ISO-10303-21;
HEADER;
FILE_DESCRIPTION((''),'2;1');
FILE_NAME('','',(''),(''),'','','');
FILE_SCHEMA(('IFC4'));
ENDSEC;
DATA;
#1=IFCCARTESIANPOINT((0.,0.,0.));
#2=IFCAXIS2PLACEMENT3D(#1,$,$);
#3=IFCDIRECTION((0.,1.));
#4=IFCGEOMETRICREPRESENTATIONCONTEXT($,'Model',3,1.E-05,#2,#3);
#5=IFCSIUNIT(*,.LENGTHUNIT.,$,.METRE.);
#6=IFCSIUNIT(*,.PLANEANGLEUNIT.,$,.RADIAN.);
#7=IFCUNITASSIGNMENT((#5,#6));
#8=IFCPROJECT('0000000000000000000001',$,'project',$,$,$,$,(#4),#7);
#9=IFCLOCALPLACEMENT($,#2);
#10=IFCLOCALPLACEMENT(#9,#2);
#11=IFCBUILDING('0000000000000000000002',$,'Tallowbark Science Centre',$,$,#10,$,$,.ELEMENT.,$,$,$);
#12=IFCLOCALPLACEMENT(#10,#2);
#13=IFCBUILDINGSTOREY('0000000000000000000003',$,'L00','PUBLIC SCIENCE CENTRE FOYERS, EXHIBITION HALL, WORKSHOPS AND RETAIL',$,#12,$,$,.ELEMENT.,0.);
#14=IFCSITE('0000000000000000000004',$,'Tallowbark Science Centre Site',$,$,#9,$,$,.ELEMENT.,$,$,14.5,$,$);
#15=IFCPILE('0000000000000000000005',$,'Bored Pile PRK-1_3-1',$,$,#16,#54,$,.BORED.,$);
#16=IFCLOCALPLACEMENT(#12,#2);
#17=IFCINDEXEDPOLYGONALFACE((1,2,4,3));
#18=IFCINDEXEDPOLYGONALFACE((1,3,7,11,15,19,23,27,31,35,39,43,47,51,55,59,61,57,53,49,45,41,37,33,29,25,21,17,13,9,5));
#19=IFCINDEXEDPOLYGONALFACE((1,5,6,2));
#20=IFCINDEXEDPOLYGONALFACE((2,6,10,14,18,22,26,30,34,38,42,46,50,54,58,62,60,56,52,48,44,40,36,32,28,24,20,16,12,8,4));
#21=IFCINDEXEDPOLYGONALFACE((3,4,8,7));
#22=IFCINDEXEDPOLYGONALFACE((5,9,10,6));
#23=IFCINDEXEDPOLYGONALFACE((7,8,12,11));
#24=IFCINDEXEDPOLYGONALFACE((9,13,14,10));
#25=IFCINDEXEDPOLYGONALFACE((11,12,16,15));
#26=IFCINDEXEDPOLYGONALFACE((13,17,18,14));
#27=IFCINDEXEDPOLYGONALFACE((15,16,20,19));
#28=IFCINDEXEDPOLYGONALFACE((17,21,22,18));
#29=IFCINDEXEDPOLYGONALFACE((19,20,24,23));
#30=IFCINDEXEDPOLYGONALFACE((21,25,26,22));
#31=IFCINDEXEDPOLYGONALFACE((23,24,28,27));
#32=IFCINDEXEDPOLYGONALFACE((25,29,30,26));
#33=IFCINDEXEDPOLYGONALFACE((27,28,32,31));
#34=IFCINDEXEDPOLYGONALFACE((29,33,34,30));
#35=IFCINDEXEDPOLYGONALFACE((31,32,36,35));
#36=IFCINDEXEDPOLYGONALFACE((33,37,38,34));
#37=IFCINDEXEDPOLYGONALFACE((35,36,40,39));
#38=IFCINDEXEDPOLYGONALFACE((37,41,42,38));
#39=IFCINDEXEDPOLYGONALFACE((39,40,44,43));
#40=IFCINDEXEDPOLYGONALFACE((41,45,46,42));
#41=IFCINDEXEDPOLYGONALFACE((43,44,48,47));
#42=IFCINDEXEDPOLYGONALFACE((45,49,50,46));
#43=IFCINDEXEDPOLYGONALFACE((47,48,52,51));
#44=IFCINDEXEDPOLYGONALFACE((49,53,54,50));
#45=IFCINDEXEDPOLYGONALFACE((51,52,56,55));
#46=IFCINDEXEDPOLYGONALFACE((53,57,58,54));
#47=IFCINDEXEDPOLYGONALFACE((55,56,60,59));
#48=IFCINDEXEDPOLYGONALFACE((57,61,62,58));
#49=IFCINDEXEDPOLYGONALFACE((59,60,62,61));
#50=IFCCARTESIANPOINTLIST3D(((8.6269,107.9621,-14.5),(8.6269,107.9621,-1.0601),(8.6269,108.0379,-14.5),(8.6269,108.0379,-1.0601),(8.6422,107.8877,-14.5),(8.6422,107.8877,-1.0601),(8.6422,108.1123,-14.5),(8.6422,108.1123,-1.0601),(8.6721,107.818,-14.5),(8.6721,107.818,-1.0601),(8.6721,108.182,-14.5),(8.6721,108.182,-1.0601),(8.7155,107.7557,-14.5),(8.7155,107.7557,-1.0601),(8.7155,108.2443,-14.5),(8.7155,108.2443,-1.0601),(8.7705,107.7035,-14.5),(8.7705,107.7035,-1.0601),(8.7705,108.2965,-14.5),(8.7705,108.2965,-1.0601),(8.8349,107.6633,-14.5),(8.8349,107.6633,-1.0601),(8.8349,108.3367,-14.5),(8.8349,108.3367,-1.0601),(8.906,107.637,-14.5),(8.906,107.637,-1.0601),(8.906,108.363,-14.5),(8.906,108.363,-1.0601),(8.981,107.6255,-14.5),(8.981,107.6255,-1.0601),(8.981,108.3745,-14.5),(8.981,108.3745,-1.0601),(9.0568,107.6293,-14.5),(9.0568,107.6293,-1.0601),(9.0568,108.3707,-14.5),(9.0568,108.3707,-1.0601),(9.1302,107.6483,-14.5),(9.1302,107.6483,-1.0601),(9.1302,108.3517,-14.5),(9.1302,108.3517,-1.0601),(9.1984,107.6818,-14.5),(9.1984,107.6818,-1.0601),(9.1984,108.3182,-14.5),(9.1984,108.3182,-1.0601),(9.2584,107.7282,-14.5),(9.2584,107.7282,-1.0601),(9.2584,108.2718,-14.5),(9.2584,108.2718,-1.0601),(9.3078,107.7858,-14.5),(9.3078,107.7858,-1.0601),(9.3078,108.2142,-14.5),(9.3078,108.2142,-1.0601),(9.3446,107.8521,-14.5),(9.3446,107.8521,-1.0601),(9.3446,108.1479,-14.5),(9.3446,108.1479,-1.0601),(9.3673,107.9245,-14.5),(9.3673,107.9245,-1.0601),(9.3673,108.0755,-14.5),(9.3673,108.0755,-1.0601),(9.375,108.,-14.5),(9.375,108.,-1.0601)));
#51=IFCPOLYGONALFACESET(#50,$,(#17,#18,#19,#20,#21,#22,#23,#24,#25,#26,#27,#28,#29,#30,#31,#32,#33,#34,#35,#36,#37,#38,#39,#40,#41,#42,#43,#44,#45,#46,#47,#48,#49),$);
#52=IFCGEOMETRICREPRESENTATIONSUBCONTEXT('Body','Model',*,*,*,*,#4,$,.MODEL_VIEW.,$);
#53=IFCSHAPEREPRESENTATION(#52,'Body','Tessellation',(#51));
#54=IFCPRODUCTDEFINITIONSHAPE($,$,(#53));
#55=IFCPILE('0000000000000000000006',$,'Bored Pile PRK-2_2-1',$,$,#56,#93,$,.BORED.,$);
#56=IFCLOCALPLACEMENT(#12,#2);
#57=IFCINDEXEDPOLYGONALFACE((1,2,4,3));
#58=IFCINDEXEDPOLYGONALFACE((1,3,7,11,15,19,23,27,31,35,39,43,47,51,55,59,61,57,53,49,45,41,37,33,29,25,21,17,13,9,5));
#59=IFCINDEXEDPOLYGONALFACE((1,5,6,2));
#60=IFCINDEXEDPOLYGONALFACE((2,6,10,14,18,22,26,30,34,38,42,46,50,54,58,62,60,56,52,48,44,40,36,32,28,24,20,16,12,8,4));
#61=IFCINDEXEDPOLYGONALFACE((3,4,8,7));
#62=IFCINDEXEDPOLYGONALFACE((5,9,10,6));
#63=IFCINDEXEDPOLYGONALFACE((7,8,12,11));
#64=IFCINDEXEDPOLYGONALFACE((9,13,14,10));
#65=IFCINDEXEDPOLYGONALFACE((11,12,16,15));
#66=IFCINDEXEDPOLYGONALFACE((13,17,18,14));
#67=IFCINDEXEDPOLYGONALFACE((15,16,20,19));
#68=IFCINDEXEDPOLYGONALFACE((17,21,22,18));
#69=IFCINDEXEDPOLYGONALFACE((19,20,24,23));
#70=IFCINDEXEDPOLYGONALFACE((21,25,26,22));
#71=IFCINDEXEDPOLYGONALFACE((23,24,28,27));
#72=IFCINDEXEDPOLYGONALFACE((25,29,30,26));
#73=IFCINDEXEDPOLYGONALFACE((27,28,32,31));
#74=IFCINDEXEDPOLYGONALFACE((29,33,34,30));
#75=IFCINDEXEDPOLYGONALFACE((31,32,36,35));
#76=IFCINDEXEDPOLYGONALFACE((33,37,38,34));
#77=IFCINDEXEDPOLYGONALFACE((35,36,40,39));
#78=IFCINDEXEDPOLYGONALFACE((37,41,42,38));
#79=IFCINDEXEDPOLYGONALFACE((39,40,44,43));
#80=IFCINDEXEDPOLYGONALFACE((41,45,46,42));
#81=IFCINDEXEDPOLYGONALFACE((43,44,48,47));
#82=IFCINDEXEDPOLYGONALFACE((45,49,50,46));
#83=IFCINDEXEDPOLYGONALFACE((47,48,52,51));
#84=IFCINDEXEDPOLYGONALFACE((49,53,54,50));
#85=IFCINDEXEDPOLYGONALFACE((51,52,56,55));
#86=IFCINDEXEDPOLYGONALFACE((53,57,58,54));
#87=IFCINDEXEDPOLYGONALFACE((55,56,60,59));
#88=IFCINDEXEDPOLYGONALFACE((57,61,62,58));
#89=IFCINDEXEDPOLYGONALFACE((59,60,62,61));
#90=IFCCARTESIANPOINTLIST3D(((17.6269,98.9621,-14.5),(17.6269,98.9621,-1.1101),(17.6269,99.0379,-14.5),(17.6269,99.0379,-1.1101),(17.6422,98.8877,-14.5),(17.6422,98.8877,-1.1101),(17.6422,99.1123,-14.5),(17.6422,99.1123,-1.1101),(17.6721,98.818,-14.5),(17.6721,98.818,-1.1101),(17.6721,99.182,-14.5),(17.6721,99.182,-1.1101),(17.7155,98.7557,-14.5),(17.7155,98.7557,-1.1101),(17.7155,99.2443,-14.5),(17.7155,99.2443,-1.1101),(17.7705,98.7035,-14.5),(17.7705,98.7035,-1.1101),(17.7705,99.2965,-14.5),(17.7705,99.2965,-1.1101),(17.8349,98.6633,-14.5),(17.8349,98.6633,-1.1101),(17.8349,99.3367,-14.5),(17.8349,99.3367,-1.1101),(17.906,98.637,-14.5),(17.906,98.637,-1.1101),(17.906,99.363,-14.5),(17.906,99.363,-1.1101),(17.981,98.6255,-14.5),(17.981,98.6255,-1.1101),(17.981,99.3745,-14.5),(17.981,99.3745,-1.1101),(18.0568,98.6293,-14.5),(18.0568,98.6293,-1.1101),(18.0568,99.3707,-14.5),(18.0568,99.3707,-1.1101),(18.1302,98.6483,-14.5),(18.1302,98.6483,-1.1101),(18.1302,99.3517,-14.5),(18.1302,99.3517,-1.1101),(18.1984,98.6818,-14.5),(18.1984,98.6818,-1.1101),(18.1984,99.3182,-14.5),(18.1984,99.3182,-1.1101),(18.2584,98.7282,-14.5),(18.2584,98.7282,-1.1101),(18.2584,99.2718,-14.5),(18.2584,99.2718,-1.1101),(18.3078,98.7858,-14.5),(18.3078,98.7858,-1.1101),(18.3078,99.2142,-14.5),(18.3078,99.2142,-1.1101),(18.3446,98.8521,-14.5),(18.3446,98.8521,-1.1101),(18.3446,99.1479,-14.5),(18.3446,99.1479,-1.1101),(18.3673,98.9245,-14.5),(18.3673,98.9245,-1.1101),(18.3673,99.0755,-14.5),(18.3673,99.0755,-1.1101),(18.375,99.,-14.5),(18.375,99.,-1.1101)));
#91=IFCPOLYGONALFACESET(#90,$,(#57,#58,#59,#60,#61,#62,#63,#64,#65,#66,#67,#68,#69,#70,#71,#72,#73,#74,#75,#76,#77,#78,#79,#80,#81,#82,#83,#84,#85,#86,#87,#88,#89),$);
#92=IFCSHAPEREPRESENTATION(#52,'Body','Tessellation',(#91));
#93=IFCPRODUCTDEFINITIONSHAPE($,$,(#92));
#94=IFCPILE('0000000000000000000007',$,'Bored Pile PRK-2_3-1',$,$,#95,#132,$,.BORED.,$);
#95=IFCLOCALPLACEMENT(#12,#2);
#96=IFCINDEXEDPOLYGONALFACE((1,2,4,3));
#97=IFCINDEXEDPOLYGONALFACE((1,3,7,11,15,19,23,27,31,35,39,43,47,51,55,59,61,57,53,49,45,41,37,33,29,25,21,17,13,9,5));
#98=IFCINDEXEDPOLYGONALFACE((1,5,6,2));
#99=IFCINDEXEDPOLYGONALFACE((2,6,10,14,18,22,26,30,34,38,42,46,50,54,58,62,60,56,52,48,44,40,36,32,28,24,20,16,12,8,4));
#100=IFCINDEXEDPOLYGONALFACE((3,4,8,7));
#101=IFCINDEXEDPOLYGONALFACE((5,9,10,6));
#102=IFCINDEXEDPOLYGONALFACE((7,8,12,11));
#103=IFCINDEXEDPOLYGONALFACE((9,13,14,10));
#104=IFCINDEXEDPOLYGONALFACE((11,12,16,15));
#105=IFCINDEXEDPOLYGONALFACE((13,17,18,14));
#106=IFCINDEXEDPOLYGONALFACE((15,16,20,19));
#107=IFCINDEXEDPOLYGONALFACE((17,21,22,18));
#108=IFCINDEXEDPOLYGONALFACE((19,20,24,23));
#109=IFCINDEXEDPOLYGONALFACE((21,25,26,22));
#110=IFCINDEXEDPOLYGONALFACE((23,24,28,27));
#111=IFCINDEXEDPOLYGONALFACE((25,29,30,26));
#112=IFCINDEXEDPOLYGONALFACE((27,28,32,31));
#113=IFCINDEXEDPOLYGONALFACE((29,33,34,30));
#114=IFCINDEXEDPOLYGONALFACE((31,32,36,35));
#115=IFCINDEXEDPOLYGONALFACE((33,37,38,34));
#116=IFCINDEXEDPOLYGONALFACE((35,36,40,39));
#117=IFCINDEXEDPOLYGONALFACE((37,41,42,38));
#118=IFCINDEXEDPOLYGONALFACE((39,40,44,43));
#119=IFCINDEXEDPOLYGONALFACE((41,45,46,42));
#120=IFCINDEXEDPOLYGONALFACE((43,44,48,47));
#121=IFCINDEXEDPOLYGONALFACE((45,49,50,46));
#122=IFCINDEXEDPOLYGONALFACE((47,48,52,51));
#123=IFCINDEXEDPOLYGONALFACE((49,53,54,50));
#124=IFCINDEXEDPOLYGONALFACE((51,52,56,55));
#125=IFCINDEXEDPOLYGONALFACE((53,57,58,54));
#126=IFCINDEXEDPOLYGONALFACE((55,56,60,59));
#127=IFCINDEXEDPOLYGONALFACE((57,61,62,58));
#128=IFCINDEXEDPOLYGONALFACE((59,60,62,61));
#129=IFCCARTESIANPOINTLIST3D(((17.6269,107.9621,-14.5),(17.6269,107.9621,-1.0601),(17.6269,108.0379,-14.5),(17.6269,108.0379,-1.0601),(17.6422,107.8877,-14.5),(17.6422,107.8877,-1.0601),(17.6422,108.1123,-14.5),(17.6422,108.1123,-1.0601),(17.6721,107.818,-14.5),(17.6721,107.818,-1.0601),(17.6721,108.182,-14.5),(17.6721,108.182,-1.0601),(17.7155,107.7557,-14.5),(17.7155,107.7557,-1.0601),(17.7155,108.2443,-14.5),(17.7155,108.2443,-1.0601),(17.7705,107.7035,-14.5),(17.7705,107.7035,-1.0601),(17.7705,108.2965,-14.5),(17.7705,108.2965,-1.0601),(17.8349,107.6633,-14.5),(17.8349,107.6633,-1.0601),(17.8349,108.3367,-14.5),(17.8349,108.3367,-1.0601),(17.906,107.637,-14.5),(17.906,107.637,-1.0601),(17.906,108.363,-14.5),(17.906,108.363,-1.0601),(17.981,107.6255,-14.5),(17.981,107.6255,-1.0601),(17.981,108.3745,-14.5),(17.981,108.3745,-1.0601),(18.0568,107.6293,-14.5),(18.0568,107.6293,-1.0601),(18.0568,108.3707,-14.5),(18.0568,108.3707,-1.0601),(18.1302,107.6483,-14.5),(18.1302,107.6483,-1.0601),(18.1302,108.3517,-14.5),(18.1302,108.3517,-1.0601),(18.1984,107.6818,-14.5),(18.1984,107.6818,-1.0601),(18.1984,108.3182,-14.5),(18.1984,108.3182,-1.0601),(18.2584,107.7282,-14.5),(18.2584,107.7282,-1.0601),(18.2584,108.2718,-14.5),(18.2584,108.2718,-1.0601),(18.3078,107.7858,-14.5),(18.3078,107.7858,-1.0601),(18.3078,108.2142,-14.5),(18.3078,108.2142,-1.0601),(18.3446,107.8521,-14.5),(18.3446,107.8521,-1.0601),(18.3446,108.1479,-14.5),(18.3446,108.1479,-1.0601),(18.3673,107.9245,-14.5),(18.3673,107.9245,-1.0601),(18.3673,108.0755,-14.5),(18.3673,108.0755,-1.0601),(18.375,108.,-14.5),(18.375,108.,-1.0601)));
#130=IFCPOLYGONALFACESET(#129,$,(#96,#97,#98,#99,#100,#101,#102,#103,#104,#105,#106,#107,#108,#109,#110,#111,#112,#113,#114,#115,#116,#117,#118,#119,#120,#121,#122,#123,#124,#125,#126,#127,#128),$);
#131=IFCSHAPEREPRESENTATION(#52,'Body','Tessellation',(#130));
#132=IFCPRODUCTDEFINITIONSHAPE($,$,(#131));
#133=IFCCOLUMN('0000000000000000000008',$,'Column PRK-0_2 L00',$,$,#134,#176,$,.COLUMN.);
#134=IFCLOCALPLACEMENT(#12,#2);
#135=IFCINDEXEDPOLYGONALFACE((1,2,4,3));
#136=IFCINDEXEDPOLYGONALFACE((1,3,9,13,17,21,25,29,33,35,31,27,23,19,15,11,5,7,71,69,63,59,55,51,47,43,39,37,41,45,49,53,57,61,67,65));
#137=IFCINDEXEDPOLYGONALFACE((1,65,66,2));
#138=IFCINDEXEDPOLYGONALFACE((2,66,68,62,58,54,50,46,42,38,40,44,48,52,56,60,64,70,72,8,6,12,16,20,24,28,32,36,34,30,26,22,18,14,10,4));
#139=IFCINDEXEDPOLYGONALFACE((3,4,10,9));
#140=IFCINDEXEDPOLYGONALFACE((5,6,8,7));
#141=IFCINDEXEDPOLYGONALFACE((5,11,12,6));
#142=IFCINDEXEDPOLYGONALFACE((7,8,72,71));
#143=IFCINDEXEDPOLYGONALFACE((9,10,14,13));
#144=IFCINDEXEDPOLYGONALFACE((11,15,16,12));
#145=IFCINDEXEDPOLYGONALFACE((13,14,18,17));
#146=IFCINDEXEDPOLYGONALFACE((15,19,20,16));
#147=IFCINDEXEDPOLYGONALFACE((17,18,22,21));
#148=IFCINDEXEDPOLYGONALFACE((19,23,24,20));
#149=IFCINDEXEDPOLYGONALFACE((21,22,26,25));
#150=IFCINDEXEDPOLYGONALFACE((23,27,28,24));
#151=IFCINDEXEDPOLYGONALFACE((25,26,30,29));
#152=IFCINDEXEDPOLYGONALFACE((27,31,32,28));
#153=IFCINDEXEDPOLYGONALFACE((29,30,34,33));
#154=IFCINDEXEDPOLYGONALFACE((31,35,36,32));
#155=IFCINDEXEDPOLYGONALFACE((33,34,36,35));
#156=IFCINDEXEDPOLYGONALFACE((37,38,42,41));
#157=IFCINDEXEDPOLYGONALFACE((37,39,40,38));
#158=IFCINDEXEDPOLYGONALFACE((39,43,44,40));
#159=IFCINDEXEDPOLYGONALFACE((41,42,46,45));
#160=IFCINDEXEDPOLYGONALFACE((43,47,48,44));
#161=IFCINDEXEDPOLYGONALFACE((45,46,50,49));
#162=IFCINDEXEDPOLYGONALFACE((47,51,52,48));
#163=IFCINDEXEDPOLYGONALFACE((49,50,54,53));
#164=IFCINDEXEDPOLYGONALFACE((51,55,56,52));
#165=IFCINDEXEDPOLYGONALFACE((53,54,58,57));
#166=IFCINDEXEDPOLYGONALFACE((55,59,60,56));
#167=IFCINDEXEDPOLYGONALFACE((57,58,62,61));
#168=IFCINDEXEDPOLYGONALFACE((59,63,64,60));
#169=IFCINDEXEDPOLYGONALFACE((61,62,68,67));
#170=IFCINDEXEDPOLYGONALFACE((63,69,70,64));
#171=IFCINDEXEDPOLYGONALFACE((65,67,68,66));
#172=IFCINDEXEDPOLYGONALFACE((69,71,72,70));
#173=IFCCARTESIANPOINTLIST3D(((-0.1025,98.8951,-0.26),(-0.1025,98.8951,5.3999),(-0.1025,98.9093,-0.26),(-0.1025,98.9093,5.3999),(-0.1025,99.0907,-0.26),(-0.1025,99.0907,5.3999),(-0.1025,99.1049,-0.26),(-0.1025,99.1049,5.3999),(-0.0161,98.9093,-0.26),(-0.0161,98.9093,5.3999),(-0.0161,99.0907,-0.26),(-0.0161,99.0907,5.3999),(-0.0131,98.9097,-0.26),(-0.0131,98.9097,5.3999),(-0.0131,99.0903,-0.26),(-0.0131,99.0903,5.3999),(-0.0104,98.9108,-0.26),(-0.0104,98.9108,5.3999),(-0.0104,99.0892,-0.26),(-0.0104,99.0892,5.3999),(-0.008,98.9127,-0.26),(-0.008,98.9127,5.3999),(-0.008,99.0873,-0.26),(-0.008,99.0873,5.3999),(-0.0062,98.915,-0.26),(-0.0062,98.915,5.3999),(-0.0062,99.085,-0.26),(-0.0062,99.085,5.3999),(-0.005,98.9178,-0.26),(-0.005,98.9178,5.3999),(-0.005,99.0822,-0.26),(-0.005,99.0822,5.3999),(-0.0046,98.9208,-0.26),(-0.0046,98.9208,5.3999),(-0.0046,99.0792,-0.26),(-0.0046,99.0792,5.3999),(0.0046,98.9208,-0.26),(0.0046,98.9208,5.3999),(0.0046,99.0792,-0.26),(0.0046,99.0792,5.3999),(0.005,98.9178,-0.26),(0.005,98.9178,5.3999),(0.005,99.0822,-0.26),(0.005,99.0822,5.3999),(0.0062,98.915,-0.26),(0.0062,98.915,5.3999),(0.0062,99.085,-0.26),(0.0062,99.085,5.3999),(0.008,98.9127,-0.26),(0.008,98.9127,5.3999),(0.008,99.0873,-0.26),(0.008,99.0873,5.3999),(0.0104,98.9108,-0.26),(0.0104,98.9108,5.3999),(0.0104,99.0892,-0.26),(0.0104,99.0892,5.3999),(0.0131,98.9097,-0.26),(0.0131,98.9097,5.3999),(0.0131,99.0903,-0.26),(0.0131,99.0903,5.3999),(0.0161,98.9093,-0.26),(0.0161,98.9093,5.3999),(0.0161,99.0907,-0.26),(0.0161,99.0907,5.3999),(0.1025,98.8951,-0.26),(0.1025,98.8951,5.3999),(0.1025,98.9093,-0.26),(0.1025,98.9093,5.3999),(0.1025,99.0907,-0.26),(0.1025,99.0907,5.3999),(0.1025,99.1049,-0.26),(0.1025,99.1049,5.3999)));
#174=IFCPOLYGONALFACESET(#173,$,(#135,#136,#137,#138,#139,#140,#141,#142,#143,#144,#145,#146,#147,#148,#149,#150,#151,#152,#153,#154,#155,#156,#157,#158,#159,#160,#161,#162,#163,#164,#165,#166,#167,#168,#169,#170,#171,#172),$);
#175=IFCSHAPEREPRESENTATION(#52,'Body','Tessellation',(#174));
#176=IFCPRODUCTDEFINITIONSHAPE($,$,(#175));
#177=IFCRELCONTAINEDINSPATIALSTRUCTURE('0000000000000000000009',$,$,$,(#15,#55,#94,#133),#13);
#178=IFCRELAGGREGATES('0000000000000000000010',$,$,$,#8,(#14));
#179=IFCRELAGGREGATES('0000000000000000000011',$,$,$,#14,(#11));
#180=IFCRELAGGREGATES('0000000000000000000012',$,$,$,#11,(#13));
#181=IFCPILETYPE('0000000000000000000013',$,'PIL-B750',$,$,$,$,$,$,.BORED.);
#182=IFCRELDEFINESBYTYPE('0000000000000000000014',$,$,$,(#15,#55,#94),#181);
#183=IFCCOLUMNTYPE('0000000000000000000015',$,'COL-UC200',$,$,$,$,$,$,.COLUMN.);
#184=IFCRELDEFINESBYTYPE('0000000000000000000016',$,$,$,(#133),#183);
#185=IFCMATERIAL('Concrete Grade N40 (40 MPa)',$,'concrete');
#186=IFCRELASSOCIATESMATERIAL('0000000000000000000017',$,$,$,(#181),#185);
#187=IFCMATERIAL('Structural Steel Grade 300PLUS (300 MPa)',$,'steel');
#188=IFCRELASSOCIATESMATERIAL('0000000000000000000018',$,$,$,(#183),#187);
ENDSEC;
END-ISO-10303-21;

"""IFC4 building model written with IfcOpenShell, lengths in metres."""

from ifc_helpers import new_model, si_unit, direction, frame, origin, origin_2d, place, context, subcontext, project, spatial, circle, i_section, extrude, material, material_profile, profile_set, type_object, element, save


model = new_model("IFC4")

# Units and contexts
model_context = context("Model", 3, precision=1e-05, world=origin(), true_north=direction((0.0, 1.0)))
body_context = subcontext(model_context, "Body", "Model", "MODEL_VIEW")
ifc_project = project(units=[si_unit("LENGTHUNIT", "METRE"), si_unit("PLANEANGLEUNIT", "RADIAN")], contexts=[model_context])

# Site, building, storey
site_placement = place(None, origin())
site = spatial("IfcSite", under=ifc_project, at=site_placement, Name="Tallowbark Science Centre Site", CompositionType="ELEMENT", RefElevation=14.5)
building_placement = place(site_placement, origin())
building = spatial("IfcBuilding", under=site, at=building_placement, Name="Tallowbark Science Centre", CompositionType="ELEMENT")
storey_placement = place(building_placement, origin())
storey = spatial("IfcBuildingStorey", under=building, at=storey_placement, Name="L00", Description="PUBLIC SCIENCE CENTRE FOYERS, EXHIBITION HALL, WORKSHOPS AND RETAIL", CompositionType="ELEMENT", Elevation=0.0)

# Shared definitions
ifc_material_1 = material(Name="Concrete Grade N40 (40 MPa)", Category="concrete")

# Piles
ifc_material_profile_1 = material_profile(ifc_material_1, circle(Radius=0.375, at=origin_2d()), Name="PILE750")
ifc_profile_set_1 = profile_set([ifc_material_profile_1], Name="Concrete Grade N40 (40 MPa)")
pile_type = type_object("IfcPileType", Name="PIL-B750", PredefinedType="BORED", material=ifc_profile_set_1)
pile_1_placement = place(storey_placement, frame((9.0, 108.0, -1.0601), z_axis=(0.0, 0.0, -1.0), x_axis=(1.0, 0.0, 0.0)))
element("IfcPile", 1, at=pile_1_placement, inside=storey, type_object=pile_type, Name="Bored Pile PRK-1_3-1", PredefinedType="BORED", context=body_context, shape_type="SweptSolid", body=[
    extrude(circle(Radius=0.375, at=origin_2d()), origin(), (0.0, 0.0, 1.0), 13.4399),
])
pile_2_placement = place(storey_placement, frame((18.0, 99.0, -1.1101), z_axis=(0.0, 0.0, -1.0), x_axis=(1.0, 0.0, 0.0)))
element("IfcPile", 2, at=pile_2_placement, inside=storey, type_object=pile_type, Name="Bored Pile PRK-2_2-1", PredefinedType="BORED", context=body_context, shape_type="SweptSolid", body=[
    extrude(circle(Radius=0.375, at=origin_2d()), origin(), (0.0, 0.0, 1.0), 13.3899),
])
pile_3_placement = place(storey_placement, frame((18.0, 108.0, -1.0601), z_axis=(0.0, 0.0, -1.0), x_axis=(1.0, 0.0, 0.0)))
element("IfcPile", 3, at=pile_3_placement, inside=storey, type_object=pile_type, Name="Bored Pile PRK-2_3-1", PredefinedType="BORED", context=body_context, shape_type="SweptSolid", body=[
    extrude(circle(Radius=0.375, at=origin_2d()), origin(), (0.0, 0.0, 1.0), 13.4399),
])

# Column
ifc_material_2 = material(Name="Structural Steel Grade 300PLUS (300 MPa)", Category="steel")
ifc_material_profile_2 = material_profile(ifc_material_2, i_section(OverallWidth=0.2051, OverallDepth=0.2097, WebThickness=0.0093, FlangeThickness=0.0142, FilletRadius=0.0115, at=origin_2d()), Name="200UC59.5")
ifc_profile_set_2 = profile_set([ifc_material_profile_2], Name="Structural Steel Grade 300PLUS (300 MPa)")
column_type = type_object("IfcColumnType", Name="COL-UC200", PredefinedType="COLUMN", material=ifc_profile_set_2)
for number, where, z_axis, x_axis, name in (
    (4, (0.0, 99.0, -0.26), (0.0, 0.0, 1.0), (1.0, 0.0, 0.0), "Column PRK-0_2 L00"),
):
    element("IfcColumn", number, at=place(storey_placement, frame(where, z_axis=z_axis, x_axis=x_axis)), inside=storey, type_object=column_type, Name=name, PredefinedType="COLUMN", context=body_context, shape_type="SweptSolid", body=[
        extrude(i_section(OverallWidth=0.2051, OverallDepth=0.2097, WebThickness=0.0093, FlangeThickness=0.0142, FilletRadius=0.0115, at=origin_2d()), origin(), (0.0, 0.0, 1.0), 5.6599),
    ])

save(model, "model.ifc")
